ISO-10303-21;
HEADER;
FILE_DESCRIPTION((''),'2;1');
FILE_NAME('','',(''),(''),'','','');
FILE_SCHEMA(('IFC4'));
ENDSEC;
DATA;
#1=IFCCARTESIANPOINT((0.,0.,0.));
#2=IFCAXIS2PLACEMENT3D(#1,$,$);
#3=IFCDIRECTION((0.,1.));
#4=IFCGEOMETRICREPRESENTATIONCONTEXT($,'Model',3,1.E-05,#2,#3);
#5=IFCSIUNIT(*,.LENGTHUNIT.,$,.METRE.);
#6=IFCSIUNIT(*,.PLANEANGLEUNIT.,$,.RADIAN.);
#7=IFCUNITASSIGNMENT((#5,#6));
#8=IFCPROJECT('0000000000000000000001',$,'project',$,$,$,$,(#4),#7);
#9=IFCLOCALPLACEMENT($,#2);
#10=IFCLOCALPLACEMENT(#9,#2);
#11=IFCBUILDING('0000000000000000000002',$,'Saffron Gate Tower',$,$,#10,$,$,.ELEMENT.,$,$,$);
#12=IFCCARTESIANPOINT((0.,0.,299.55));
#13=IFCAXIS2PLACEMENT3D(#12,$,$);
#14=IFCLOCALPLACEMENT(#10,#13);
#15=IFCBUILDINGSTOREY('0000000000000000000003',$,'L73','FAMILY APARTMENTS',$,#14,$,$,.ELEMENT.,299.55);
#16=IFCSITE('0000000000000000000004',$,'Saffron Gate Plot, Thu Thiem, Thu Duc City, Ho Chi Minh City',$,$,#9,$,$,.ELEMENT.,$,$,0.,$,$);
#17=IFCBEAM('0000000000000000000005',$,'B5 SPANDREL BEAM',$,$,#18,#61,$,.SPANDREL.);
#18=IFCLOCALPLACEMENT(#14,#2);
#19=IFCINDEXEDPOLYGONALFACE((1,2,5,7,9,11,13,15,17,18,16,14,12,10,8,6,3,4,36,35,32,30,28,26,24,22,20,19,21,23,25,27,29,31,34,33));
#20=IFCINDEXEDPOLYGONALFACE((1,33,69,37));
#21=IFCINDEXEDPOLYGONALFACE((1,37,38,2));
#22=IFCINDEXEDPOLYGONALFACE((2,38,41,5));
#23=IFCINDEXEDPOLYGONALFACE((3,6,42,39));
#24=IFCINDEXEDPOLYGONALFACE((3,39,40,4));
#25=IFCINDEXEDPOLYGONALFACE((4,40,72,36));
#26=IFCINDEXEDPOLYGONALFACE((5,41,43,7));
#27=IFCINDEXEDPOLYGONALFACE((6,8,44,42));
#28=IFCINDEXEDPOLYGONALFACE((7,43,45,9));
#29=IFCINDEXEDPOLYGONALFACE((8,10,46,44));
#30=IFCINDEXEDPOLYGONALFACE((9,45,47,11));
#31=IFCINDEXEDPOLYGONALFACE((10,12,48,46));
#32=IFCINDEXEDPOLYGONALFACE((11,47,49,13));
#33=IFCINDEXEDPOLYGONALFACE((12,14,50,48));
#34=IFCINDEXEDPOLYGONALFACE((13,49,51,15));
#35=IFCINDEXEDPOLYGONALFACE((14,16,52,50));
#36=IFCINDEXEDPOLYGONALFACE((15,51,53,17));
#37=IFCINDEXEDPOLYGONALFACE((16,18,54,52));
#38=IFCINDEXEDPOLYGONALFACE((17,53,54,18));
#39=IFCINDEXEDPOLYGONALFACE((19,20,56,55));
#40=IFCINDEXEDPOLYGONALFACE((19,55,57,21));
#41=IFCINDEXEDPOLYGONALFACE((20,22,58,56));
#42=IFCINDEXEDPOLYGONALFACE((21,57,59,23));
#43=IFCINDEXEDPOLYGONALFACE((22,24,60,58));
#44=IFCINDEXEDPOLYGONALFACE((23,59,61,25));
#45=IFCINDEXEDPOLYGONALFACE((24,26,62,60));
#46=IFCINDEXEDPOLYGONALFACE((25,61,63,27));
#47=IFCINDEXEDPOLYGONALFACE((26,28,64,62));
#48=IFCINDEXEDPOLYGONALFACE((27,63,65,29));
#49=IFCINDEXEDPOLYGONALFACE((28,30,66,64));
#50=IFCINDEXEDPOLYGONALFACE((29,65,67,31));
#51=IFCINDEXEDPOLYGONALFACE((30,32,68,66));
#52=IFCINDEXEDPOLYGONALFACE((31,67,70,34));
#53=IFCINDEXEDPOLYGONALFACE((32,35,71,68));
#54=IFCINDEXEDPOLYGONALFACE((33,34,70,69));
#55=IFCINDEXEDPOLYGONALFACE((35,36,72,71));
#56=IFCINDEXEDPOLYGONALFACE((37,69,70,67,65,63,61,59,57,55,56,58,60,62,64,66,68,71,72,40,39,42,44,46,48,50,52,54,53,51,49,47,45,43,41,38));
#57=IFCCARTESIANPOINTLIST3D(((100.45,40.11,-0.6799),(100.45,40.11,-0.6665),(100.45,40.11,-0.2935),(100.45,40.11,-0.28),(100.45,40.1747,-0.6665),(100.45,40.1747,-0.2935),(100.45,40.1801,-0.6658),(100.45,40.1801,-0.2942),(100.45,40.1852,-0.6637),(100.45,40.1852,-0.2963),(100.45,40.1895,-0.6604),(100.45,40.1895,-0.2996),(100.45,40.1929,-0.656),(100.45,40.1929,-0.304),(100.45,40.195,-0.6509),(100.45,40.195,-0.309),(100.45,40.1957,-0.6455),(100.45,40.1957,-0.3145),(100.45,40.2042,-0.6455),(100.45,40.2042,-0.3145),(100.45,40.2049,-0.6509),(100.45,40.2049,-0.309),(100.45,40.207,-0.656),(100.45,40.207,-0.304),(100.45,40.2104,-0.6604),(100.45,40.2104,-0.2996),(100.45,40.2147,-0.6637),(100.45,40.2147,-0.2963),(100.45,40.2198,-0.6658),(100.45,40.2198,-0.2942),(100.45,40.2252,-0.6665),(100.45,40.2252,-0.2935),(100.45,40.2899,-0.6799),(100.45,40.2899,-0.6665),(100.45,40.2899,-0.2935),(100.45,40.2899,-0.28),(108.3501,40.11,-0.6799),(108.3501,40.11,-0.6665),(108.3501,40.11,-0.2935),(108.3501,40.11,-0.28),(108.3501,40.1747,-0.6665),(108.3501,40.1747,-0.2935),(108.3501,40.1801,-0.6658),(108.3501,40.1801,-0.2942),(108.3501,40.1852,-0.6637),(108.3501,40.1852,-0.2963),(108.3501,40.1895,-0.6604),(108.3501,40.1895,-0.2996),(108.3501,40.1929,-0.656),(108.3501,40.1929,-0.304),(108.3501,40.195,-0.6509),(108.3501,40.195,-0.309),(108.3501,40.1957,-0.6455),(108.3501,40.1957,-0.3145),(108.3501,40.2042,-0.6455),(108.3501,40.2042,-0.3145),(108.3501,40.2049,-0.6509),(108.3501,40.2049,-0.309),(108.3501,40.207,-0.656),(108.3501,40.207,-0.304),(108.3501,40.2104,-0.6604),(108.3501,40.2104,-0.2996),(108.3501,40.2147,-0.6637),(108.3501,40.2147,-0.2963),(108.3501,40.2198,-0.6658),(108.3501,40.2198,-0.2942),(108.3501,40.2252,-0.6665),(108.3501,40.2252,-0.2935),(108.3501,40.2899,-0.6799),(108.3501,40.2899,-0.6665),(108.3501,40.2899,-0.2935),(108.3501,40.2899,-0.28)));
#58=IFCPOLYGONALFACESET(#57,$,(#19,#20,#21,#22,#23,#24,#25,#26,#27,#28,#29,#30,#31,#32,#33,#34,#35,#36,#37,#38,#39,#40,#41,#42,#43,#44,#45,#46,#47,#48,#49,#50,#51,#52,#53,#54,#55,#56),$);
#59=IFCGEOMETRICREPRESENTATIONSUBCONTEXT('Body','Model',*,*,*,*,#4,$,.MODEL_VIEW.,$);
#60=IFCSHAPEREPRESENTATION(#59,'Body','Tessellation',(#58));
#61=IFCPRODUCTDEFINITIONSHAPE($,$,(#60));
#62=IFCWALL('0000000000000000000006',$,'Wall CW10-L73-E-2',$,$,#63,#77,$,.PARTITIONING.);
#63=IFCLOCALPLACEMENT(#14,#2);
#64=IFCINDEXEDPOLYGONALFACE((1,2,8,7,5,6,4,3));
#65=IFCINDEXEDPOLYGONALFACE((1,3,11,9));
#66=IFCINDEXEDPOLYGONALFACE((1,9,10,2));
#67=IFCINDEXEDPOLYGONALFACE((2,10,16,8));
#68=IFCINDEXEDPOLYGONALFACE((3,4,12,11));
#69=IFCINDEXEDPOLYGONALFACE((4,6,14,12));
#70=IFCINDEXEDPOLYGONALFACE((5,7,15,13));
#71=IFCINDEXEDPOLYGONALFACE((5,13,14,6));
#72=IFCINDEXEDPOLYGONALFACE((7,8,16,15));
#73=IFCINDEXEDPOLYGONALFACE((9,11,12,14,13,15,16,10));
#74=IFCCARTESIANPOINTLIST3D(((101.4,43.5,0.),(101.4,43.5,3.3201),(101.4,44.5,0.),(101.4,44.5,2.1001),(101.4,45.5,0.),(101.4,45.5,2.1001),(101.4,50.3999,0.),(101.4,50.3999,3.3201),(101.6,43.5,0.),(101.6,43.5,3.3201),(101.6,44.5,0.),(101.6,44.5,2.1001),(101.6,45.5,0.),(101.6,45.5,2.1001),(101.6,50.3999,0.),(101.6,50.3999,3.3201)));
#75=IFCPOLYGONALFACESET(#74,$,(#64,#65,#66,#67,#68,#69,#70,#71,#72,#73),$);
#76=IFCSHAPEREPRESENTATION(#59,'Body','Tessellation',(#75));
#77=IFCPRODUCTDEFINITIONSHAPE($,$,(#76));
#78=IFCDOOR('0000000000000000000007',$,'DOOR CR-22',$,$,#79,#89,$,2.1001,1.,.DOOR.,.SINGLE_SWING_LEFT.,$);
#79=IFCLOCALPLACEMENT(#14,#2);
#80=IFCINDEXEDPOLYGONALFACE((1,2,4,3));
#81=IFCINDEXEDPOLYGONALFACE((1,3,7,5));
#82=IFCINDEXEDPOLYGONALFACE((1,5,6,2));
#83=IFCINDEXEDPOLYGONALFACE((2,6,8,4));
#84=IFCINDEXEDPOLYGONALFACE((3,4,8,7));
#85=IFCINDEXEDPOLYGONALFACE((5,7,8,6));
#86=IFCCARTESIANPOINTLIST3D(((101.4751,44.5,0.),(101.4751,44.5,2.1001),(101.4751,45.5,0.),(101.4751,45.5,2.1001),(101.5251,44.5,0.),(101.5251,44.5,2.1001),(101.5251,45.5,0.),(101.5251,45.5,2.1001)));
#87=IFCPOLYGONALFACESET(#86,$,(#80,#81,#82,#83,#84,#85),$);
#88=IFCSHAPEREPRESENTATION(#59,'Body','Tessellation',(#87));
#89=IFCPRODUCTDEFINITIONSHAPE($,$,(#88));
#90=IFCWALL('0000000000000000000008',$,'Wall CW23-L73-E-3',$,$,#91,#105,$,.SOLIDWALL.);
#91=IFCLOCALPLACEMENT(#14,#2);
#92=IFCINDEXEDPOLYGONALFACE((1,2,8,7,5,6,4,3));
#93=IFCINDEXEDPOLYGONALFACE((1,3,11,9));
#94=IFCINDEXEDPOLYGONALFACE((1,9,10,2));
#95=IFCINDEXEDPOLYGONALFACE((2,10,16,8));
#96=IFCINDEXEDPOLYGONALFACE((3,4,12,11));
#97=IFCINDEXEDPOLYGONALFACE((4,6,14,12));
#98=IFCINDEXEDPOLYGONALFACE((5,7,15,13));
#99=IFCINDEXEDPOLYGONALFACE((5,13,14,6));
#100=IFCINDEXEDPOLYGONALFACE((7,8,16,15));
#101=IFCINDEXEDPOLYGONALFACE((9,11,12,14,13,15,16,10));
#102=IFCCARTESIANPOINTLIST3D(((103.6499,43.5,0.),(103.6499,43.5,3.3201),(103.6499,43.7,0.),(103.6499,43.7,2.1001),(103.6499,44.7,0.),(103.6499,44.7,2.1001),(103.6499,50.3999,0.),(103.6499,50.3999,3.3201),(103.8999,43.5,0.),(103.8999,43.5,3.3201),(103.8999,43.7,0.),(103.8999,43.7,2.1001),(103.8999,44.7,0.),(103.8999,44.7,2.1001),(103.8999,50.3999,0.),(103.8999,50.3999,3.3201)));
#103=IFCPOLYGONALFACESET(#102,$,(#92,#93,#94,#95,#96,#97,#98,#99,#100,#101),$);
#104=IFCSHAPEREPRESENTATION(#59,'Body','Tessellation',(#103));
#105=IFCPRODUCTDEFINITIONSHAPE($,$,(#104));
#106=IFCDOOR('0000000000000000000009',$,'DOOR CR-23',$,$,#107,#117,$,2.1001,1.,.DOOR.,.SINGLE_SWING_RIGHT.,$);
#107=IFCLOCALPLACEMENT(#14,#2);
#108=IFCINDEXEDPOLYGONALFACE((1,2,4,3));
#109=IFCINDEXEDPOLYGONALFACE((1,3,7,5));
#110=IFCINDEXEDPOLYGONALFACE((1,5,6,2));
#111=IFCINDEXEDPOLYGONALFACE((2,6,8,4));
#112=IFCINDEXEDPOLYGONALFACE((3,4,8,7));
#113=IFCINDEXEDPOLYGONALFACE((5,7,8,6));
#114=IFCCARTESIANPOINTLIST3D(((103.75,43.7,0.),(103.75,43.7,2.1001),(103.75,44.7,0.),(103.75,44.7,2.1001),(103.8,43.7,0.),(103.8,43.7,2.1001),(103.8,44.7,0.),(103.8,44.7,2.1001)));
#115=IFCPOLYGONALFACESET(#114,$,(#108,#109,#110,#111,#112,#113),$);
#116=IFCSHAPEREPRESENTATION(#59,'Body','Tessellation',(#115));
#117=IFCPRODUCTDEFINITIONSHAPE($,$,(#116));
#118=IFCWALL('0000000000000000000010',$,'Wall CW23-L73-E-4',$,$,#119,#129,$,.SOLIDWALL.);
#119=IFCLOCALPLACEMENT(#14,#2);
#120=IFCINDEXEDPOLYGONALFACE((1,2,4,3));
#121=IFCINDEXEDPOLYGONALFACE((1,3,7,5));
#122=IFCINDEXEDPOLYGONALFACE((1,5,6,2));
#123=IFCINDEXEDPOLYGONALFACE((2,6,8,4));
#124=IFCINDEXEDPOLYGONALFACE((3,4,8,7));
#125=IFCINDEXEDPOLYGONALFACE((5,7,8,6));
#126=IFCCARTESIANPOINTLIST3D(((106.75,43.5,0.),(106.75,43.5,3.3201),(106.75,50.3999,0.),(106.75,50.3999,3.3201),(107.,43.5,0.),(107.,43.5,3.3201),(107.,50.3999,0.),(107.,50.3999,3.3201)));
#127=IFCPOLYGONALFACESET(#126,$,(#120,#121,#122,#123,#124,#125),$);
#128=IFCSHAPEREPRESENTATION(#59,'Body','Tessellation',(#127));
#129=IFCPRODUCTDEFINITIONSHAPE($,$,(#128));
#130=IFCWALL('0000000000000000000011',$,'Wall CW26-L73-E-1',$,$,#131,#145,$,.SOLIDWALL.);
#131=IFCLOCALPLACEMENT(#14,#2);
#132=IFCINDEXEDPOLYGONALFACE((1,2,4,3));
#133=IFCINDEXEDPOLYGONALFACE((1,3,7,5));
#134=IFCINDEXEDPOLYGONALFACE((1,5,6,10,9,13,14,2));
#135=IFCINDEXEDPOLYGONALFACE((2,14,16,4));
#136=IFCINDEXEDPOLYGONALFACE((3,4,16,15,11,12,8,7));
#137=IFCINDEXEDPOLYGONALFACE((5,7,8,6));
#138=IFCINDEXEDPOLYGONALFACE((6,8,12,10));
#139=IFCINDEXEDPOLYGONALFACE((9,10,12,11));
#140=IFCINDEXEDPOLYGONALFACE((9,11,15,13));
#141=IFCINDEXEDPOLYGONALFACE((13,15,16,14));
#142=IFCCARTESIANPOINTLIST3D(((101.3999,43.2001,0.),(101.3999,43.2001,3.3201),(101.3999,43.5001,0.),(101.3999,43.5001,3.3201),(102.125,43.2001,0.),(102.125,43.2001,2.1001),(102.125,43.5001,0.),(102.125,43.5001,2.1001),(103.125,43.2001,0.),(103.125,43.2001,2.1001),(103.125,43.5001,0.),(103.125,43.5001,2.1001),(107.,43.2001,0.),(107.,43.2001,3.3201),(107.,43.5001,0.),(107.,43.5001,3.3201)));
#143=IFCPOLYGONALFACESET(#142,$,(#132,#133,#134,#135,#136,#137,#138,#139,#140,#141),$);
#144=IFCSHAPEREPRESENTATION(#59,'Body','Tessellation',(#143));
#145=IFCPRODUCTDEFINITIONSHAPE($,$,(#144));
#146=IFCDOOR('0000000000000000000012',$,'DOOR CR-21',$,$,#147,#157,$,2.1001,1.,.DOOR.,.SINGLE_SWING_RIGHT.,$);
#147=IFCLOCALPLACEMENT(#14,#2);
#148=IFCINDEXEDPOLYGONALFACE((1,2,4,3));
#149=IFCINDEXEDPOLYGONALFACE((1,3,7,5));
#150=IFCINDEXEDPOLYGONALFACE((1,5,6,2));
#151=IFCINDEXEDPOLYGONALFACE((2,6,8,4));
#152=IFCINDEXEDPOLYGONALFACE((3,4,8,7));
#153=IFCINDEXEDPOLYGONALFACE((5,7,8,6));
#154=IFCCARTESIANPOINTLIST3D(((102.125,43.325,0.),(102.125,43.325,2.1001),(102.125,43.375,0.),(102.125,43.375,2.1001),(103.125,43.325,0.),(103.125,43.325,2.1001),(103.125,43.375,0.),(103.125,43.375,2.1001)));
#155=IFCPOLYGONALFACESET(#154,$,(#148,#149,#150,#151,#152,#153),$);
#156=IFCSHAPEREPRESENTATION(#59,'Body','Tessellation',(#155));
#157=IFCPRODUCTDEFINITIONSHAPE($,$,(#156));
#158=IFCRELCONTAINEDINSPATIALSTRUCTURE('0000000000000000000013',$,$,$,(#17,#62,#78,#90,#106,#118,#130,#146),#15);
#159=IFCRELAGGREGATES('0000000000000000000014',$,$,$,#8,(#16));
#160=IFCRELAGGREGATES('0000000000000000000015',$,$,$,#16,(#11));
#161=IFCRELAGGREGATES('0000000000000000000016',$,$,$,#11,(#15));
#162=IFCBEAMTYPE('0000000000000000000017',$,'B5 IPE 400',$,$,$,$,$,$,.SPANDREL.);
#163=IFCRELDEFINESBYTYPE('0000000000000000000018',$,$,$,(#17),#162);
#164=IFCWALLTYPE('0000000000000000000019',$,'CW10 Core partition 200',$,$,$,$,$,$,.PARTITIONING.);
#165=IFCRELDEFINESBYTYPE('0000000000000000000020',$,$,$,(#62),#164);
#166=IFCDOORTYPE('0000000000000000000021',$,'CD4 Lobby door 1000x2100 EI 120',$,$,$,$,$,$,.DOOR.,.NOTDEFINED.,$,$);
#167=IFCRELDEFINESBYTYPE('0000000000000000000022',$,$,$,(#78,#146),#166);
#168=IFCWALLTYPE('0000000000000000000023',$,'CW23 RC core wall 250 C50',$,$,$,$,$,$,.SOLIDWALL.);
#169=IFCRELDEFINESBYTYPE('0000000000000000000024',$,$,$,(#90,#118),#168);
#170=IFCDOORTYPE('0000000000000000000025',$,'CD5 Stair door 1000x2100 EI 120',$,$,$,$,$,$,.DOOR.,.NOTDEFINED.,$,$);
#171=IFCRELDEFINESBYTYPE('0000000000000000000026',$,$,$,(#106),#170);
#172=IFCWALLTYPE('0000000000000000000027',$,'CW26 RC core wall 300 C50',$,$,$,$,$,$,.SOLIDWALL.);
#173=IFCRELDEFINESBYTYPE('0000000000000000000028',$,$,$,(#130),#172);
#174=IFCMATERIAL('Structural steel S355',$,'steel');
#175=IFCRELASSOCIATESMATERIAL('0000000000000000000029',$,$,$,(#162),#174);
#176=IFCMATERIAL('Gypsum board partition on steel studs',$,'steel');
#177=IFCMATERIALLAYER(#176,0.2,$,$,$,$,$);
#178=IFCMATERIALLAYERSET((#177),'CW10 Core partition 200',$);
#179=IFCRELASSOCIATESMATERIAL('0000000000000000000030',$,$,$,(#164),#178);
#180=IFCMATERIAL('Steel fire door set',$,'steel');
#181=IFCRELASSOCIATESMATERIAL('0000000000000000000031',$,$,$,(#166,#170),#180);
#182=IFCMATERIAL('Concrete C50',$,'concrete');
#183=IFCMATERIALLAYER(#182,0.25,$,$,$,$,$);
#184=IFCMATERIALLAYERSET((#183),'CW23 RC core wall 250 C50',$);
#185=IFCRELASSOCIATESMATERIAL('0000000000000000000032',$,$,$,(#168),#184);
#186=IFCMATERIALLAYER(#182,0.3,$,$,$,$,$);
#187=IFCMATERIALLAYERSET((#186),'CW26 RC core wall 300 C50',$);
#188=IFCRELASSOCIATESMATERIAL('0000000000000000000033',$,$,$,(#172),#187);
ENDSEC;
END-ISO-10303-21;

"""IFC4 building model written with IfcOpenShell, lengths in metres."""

from ifc_helpers import new_model, si_unit, direction, frame, frame_2d, origin, origin_2d, place, context, subcontext, project, spatial, rectangle, i_section, extrude, material, layer, layer_set, material_profile, profile_set, type_object, element, fill, save


model = new_model("IFC4")

# Units and contexts
model_context = context("Model", 3, precision=1e-05, world=origin(), true_north=direction((0.0, 1.0)))
body_context = subcontext(model_context, "Body", "Model", "MODEL_VIEW")
ifc_project = project(units=[si_unit("LENGTHUNIT", "METRE"), si_unit("PLANEANGLEUNIT", "RADIAN")], contexts=[model_context])

# Site, building, storey
site_placement = place(None, origin())
site = spatial("IfcSite", under=ifc_project, at=site_placement, Name="Saffron Gate Plot, Thu Thiem, Thu Duc City, Ho Chi Minh City", CompositionType="ELEMENT", RefElevation=0.0)
building_placement = place(site_placement, origin())
building = spatial("IfcBuilding", under=site, at=building_placement, Name="Saffron Gate Tower", CompositionType="ELEMENT")
storey_placement = place(building_placement, frame((0.0, 0.0, 299.55)))
storey = spatial("IfcBuildingStorey", under=building, at=storey_placement, Name="L73", Description="FAMILY APARTMENTS", CompositionType="ELEMENT", Elevation=299.55)

# Beam
ifc_material_1 = material(Name="Structural steel S355", Category="steel")
ifc_material_profile = material_profile(ifc_material_1, i_section(OverallWidth=0.1799, OverallDepth=0.3999, WebThickness=0.0085, FlangeThickness=0.0134, FilletRadius=0.021, at=origin_2d()))
ifc_profile_set = profile_set([ifc_material_profile], Name="Structural steel S355")
beam_type = type_object("IfcBeamType", Name="B5 IPE 400", PredefinedType="SPANDREL", material=ifc_profile_set)
beam_placement = place(storey_placement, frame((100.45, 40.2, -0.48), z_axis=(1.0, 0.0, 0.0), x_axis=(0.0, 1.0, 0.0)))
element("IfcBeam", 1, at=beam_placement, inside=storey, type_object=beam_type, Name="B5 SPANDREL BEAM", PredefinedType="SPANDREL", context=body_context, shape_type="SweptSolid", body=[
    extrude(i_section(OverallWidth=0.1799, OverallDepth=0.3999, WebThickness=0.0085, FlangeThickness=0.0134, FilletRadius=0.021, at=origin_2d()), origin(), (0.0, 0.0, 1.0), 7.9001),
])

# Walls, openings, doors
ifc_material_2 = material(Name="Gypsum board partition on steel studs", Category="steel")
ifc_layer_1 = layer(ifc_material_2, 0.2)
ifc_layer_set_1 = layer_set([ifc_layer_1], Name="CW10 Core partition 200")
wall_type_1 = type_object("IfcWallType", Name="CW10 Core partition 200", PredefinedType="PARTITIONING", material=ifc_layer_set_1)
wall_1_placement = place(storey_placement, frame((101.5, 43.5, 0.0), z_axis=(0.0, 0.0, 1.0), x_axis=(0.0, 1.0, 0.0)))
wall_1 = element("IfcWall", 2, at=wall_1_placement, inside=storey, type_object=wall_type_1, Name="Wall CW10-L73-E-2", PredefinedType="PARTITIONING", context=body_context, shape_type="SweptSolid", body=[
    extrude(rectangle(XDim=6.8999, YDim=0.2, at=frame_2d((3.45, 0.0))), origin(), (0.0, 0.0, 1.0), 3.3201),
])
opening_1_placement = place(wall_1_placement, frame((1.0, 0.0, 0.0)))
opening_1 = element("IfcOpeningElement", 3, at=opening_1_placement, cuts=wall_1, PredefinedType="OPENING", context=body_context, shape_type="SweptSolid", body=[
    extrude(rectangle(XDim=1.0, YDim=2.1001, at=frame_2d((0.5, 1.05))), frame((0.0, 0.1099, 0.0), z_axis=(0.0, -1.0, 0.0), x_axis=(1.0, 0.0, 0.0)), (0.0, 0.0, 1.0), 0.22),
])
ifc_material_3 = material(Name="Steel fire door set", Category="steel")
door_type_1 = type_object("IfcDoorType", Name="CD4 Lobby door 1000x2100 EI 120", OperationType="NOTDEFINED", PredefinedType="DOOR", material=ifc_material_3)
door_1_placement = place(opening_1_placement, origin())
door_1 = element("IfcDoor", 4, at=door_1_placement, inside=storey, type_object=door_type_1, Name="DOOR CR-22", OperationType="SINGLE_SWING_LEFT", OverallHeight=2.1001, OverallWidth=1.0, PredefinedType="DOOR", context=body_context, shape_type="SweptSolid", body=[
    extrude(rectangle(XDim=1.0, YDim=2.1001, at=frame_2d((0.5, 1.05))), frame((0.0, 0.0249, 0.0), z_axis=(0.0, -1.0, 0.0), x_axis=(1.0, 0.0, 0.0)), (0.0, 0.0, 1.0), 0.05),
])
fill(opening_1, door_1)
ifc_material_4 = material(Name="Concrete C50", Category="concrete")
ifc_layer_2 = layer(ifc_material_4, 0.25)
ifc_layer_set_2 = layer_set([ifc_layer_2], Name="CW23 RC core wall 250 C50")
wall_type_2 = type_object("IfcWallType", Name="CW23 RC core wall 250 C50", PredefinedType="SOLIDWALL", material=ifc_layer_set_2)
wall_2_placement = place(storey_placement, frame((103.7749, 43.5, 0.0), z_axis=(0.0, 0.0, 1.0), x_axis=(0.0, 1.0, 0.0)))
wall_2 = element("IfcWall", 5, at=wall_2_placement, inside=storey, type_object=wall_type_2, Name="Wall CW23-L73-E-3", PredefinedType="SOLIDWALL", context=body_context, shape_type="SweptSolid", body=[
    extrude(rectangle(XDim=6.8999, YDim=0.25, at=frame_2d((3.45, 0.0))), origin(), (0.0, 0.0, 1.0), 3.3201),
])
opening_2_placement = place(wall_2_placement, frame((0.2, 0.0, 0.0)))
opening_2 = element("IfcOpeningElement", 6, at=opening_2_placement, cuts=wall_2, PredefinedType="OPENING", context=body_context, shape_type="SweptSolid", body=[
    extrude(rectangle(XDim=1.0, YDim=2.1001, at=frame_2d((0.5, 1.05))), frame((0.0, 0.135, 0.0), z_axis=(0.0, -1.0, 0.0), x_axis=(1.0, 0.0, 0.0)), (0.0, 0.0, 1.0), 0.27),
])
door_type_2 = type_object("IfcDoorType", Name="CD5 Stair door 1000x2100 EI 120", OperationType="NOTDEFINED", PredefinedType="DOOR", material=ifc_material_3)
door_2_placement = place(opening_2_placement, origin())
door_2 = element("IfcDoor", 7, at=door_2_placement, inside=storey, type_object=door_type_2, Name="DOOR CR-23", OperationType="SINGLE_SWING_RIGHT", OverallHeight=2.1001, OverallWidth=1.0, PredefinedType="DOOR", context=body_context, shape_type="SweptSolid", body=[
    extrude(rectangle(XDim=1.0, YDim=2.1001, at=frame_2d((0.5, 1.05))), frame((0.0, 0.0249, 0.0), z_axis=(0.0, -1.0, 0.0), x_axis=(1.0, 0.0, 0.0)), (0.0, 0.0, 1.0), 0.05),
])
fill(opening_2, door_2)

# Wall
wall_3_placement = place(storey_placement, frame((106.875, 43.5, 0.0), z_axis=(0.0, 0.0, 1.0), x_axis=(0.0, 1.0, 0.0)))
element("IfcWall", 8, at=wall_3_placement, inside=storey, type_object=wall_type_2, Name="Wall CW23-L73-E-4", PredefinedType="SOLIDWALL", context=body_context, shape_type="SweptSolid", body=[
    extrude(rectangle(XDim=6.8999, YDim=0.25, at=frame_2d((3.45, 0.0))), origin(), (0.0, 0.0, 1.0), 3.3201),
])

# Wall, opening, door
ifc_layer_3 = layer(ifc_material_4, 0.3)
ifc_layer_set_3 = layer_set([ifc_layer_3], Name="CW26 RC core wall 300 C50")
wall_type_3 = type_object("IfcWallType", Name="CW26 RC core wall 300 C50", PredefinedType="SOLIDWALL", material=ifc_layer_set_3)
wall_4_placement = place(storey_placement, frame((101.3999, 43.3501, 0.0), z_axis=(0.0, 0.0, 1.0), x_axis=(1.0, 0.0, 0.0)))
wall_4 = element("IfcWall", 9, at=wall_4_placement, inside=storey, type_object=wall_type_3, Name="Wall CW26-L73-E-1", PredefinedType="SOLIDWALL", context=body_context, shape_type="SweptSolid", body=[
    extrude(rectangle(XDim=5.6001, YDim=0.3, at=frame_2d((2.8, 0.0))), origin(), (0.0, 0.0, 1.0), 3.3201),
])
opening_3_placement = place(wall_4_placement, frame((0.7251, 0.0, 0.0)))
opening_3 = element("IfcOpeningElement", 10, at=opening_3_placement, cuts=wall_4, PredefinedType="OPENING", context=body_context, shape_type="SweptSolid", body=[
    extrude(rectangle(XDim=1.0, YDim=2.1001, at=frame_2d((0.5, 1.05))), frame((0.0, 0.1602, 0.0), z_axis=(0.0, -1.0, 0.0), x_axis=(1.0, 0.0, 0.0)), (0.0, 0.0, 1.0), 0.3201),
])
door_3_placement = place(opening_3_placement, origin())
door_3 = element("IfcDoor", 11, at=door_3_placement, inside=storey, type_object=door_type_1, Name="DOOR CR-21", OperationType="SINGLE_SWING_RIGHT", OverallHeight=2.1001, OverallWidth=1.0, PredefinedType="DOOR", context=body_context, shape_type="SweptSolid", body=[
    extrude(rectangle(XDim=1.0, YDim=2.1001, at=frame_2d((0.5, 1.05))), frame((0.0, 0.0249, 0.0), z_axis=(0.0, -1.0, 0.0), x_axis=(1.0, 0.0, 0.0)), (0.0, 0.0, 1.0), 0.05),
])
fill(opening_3, door_3)

save(model, "model.ifc")
